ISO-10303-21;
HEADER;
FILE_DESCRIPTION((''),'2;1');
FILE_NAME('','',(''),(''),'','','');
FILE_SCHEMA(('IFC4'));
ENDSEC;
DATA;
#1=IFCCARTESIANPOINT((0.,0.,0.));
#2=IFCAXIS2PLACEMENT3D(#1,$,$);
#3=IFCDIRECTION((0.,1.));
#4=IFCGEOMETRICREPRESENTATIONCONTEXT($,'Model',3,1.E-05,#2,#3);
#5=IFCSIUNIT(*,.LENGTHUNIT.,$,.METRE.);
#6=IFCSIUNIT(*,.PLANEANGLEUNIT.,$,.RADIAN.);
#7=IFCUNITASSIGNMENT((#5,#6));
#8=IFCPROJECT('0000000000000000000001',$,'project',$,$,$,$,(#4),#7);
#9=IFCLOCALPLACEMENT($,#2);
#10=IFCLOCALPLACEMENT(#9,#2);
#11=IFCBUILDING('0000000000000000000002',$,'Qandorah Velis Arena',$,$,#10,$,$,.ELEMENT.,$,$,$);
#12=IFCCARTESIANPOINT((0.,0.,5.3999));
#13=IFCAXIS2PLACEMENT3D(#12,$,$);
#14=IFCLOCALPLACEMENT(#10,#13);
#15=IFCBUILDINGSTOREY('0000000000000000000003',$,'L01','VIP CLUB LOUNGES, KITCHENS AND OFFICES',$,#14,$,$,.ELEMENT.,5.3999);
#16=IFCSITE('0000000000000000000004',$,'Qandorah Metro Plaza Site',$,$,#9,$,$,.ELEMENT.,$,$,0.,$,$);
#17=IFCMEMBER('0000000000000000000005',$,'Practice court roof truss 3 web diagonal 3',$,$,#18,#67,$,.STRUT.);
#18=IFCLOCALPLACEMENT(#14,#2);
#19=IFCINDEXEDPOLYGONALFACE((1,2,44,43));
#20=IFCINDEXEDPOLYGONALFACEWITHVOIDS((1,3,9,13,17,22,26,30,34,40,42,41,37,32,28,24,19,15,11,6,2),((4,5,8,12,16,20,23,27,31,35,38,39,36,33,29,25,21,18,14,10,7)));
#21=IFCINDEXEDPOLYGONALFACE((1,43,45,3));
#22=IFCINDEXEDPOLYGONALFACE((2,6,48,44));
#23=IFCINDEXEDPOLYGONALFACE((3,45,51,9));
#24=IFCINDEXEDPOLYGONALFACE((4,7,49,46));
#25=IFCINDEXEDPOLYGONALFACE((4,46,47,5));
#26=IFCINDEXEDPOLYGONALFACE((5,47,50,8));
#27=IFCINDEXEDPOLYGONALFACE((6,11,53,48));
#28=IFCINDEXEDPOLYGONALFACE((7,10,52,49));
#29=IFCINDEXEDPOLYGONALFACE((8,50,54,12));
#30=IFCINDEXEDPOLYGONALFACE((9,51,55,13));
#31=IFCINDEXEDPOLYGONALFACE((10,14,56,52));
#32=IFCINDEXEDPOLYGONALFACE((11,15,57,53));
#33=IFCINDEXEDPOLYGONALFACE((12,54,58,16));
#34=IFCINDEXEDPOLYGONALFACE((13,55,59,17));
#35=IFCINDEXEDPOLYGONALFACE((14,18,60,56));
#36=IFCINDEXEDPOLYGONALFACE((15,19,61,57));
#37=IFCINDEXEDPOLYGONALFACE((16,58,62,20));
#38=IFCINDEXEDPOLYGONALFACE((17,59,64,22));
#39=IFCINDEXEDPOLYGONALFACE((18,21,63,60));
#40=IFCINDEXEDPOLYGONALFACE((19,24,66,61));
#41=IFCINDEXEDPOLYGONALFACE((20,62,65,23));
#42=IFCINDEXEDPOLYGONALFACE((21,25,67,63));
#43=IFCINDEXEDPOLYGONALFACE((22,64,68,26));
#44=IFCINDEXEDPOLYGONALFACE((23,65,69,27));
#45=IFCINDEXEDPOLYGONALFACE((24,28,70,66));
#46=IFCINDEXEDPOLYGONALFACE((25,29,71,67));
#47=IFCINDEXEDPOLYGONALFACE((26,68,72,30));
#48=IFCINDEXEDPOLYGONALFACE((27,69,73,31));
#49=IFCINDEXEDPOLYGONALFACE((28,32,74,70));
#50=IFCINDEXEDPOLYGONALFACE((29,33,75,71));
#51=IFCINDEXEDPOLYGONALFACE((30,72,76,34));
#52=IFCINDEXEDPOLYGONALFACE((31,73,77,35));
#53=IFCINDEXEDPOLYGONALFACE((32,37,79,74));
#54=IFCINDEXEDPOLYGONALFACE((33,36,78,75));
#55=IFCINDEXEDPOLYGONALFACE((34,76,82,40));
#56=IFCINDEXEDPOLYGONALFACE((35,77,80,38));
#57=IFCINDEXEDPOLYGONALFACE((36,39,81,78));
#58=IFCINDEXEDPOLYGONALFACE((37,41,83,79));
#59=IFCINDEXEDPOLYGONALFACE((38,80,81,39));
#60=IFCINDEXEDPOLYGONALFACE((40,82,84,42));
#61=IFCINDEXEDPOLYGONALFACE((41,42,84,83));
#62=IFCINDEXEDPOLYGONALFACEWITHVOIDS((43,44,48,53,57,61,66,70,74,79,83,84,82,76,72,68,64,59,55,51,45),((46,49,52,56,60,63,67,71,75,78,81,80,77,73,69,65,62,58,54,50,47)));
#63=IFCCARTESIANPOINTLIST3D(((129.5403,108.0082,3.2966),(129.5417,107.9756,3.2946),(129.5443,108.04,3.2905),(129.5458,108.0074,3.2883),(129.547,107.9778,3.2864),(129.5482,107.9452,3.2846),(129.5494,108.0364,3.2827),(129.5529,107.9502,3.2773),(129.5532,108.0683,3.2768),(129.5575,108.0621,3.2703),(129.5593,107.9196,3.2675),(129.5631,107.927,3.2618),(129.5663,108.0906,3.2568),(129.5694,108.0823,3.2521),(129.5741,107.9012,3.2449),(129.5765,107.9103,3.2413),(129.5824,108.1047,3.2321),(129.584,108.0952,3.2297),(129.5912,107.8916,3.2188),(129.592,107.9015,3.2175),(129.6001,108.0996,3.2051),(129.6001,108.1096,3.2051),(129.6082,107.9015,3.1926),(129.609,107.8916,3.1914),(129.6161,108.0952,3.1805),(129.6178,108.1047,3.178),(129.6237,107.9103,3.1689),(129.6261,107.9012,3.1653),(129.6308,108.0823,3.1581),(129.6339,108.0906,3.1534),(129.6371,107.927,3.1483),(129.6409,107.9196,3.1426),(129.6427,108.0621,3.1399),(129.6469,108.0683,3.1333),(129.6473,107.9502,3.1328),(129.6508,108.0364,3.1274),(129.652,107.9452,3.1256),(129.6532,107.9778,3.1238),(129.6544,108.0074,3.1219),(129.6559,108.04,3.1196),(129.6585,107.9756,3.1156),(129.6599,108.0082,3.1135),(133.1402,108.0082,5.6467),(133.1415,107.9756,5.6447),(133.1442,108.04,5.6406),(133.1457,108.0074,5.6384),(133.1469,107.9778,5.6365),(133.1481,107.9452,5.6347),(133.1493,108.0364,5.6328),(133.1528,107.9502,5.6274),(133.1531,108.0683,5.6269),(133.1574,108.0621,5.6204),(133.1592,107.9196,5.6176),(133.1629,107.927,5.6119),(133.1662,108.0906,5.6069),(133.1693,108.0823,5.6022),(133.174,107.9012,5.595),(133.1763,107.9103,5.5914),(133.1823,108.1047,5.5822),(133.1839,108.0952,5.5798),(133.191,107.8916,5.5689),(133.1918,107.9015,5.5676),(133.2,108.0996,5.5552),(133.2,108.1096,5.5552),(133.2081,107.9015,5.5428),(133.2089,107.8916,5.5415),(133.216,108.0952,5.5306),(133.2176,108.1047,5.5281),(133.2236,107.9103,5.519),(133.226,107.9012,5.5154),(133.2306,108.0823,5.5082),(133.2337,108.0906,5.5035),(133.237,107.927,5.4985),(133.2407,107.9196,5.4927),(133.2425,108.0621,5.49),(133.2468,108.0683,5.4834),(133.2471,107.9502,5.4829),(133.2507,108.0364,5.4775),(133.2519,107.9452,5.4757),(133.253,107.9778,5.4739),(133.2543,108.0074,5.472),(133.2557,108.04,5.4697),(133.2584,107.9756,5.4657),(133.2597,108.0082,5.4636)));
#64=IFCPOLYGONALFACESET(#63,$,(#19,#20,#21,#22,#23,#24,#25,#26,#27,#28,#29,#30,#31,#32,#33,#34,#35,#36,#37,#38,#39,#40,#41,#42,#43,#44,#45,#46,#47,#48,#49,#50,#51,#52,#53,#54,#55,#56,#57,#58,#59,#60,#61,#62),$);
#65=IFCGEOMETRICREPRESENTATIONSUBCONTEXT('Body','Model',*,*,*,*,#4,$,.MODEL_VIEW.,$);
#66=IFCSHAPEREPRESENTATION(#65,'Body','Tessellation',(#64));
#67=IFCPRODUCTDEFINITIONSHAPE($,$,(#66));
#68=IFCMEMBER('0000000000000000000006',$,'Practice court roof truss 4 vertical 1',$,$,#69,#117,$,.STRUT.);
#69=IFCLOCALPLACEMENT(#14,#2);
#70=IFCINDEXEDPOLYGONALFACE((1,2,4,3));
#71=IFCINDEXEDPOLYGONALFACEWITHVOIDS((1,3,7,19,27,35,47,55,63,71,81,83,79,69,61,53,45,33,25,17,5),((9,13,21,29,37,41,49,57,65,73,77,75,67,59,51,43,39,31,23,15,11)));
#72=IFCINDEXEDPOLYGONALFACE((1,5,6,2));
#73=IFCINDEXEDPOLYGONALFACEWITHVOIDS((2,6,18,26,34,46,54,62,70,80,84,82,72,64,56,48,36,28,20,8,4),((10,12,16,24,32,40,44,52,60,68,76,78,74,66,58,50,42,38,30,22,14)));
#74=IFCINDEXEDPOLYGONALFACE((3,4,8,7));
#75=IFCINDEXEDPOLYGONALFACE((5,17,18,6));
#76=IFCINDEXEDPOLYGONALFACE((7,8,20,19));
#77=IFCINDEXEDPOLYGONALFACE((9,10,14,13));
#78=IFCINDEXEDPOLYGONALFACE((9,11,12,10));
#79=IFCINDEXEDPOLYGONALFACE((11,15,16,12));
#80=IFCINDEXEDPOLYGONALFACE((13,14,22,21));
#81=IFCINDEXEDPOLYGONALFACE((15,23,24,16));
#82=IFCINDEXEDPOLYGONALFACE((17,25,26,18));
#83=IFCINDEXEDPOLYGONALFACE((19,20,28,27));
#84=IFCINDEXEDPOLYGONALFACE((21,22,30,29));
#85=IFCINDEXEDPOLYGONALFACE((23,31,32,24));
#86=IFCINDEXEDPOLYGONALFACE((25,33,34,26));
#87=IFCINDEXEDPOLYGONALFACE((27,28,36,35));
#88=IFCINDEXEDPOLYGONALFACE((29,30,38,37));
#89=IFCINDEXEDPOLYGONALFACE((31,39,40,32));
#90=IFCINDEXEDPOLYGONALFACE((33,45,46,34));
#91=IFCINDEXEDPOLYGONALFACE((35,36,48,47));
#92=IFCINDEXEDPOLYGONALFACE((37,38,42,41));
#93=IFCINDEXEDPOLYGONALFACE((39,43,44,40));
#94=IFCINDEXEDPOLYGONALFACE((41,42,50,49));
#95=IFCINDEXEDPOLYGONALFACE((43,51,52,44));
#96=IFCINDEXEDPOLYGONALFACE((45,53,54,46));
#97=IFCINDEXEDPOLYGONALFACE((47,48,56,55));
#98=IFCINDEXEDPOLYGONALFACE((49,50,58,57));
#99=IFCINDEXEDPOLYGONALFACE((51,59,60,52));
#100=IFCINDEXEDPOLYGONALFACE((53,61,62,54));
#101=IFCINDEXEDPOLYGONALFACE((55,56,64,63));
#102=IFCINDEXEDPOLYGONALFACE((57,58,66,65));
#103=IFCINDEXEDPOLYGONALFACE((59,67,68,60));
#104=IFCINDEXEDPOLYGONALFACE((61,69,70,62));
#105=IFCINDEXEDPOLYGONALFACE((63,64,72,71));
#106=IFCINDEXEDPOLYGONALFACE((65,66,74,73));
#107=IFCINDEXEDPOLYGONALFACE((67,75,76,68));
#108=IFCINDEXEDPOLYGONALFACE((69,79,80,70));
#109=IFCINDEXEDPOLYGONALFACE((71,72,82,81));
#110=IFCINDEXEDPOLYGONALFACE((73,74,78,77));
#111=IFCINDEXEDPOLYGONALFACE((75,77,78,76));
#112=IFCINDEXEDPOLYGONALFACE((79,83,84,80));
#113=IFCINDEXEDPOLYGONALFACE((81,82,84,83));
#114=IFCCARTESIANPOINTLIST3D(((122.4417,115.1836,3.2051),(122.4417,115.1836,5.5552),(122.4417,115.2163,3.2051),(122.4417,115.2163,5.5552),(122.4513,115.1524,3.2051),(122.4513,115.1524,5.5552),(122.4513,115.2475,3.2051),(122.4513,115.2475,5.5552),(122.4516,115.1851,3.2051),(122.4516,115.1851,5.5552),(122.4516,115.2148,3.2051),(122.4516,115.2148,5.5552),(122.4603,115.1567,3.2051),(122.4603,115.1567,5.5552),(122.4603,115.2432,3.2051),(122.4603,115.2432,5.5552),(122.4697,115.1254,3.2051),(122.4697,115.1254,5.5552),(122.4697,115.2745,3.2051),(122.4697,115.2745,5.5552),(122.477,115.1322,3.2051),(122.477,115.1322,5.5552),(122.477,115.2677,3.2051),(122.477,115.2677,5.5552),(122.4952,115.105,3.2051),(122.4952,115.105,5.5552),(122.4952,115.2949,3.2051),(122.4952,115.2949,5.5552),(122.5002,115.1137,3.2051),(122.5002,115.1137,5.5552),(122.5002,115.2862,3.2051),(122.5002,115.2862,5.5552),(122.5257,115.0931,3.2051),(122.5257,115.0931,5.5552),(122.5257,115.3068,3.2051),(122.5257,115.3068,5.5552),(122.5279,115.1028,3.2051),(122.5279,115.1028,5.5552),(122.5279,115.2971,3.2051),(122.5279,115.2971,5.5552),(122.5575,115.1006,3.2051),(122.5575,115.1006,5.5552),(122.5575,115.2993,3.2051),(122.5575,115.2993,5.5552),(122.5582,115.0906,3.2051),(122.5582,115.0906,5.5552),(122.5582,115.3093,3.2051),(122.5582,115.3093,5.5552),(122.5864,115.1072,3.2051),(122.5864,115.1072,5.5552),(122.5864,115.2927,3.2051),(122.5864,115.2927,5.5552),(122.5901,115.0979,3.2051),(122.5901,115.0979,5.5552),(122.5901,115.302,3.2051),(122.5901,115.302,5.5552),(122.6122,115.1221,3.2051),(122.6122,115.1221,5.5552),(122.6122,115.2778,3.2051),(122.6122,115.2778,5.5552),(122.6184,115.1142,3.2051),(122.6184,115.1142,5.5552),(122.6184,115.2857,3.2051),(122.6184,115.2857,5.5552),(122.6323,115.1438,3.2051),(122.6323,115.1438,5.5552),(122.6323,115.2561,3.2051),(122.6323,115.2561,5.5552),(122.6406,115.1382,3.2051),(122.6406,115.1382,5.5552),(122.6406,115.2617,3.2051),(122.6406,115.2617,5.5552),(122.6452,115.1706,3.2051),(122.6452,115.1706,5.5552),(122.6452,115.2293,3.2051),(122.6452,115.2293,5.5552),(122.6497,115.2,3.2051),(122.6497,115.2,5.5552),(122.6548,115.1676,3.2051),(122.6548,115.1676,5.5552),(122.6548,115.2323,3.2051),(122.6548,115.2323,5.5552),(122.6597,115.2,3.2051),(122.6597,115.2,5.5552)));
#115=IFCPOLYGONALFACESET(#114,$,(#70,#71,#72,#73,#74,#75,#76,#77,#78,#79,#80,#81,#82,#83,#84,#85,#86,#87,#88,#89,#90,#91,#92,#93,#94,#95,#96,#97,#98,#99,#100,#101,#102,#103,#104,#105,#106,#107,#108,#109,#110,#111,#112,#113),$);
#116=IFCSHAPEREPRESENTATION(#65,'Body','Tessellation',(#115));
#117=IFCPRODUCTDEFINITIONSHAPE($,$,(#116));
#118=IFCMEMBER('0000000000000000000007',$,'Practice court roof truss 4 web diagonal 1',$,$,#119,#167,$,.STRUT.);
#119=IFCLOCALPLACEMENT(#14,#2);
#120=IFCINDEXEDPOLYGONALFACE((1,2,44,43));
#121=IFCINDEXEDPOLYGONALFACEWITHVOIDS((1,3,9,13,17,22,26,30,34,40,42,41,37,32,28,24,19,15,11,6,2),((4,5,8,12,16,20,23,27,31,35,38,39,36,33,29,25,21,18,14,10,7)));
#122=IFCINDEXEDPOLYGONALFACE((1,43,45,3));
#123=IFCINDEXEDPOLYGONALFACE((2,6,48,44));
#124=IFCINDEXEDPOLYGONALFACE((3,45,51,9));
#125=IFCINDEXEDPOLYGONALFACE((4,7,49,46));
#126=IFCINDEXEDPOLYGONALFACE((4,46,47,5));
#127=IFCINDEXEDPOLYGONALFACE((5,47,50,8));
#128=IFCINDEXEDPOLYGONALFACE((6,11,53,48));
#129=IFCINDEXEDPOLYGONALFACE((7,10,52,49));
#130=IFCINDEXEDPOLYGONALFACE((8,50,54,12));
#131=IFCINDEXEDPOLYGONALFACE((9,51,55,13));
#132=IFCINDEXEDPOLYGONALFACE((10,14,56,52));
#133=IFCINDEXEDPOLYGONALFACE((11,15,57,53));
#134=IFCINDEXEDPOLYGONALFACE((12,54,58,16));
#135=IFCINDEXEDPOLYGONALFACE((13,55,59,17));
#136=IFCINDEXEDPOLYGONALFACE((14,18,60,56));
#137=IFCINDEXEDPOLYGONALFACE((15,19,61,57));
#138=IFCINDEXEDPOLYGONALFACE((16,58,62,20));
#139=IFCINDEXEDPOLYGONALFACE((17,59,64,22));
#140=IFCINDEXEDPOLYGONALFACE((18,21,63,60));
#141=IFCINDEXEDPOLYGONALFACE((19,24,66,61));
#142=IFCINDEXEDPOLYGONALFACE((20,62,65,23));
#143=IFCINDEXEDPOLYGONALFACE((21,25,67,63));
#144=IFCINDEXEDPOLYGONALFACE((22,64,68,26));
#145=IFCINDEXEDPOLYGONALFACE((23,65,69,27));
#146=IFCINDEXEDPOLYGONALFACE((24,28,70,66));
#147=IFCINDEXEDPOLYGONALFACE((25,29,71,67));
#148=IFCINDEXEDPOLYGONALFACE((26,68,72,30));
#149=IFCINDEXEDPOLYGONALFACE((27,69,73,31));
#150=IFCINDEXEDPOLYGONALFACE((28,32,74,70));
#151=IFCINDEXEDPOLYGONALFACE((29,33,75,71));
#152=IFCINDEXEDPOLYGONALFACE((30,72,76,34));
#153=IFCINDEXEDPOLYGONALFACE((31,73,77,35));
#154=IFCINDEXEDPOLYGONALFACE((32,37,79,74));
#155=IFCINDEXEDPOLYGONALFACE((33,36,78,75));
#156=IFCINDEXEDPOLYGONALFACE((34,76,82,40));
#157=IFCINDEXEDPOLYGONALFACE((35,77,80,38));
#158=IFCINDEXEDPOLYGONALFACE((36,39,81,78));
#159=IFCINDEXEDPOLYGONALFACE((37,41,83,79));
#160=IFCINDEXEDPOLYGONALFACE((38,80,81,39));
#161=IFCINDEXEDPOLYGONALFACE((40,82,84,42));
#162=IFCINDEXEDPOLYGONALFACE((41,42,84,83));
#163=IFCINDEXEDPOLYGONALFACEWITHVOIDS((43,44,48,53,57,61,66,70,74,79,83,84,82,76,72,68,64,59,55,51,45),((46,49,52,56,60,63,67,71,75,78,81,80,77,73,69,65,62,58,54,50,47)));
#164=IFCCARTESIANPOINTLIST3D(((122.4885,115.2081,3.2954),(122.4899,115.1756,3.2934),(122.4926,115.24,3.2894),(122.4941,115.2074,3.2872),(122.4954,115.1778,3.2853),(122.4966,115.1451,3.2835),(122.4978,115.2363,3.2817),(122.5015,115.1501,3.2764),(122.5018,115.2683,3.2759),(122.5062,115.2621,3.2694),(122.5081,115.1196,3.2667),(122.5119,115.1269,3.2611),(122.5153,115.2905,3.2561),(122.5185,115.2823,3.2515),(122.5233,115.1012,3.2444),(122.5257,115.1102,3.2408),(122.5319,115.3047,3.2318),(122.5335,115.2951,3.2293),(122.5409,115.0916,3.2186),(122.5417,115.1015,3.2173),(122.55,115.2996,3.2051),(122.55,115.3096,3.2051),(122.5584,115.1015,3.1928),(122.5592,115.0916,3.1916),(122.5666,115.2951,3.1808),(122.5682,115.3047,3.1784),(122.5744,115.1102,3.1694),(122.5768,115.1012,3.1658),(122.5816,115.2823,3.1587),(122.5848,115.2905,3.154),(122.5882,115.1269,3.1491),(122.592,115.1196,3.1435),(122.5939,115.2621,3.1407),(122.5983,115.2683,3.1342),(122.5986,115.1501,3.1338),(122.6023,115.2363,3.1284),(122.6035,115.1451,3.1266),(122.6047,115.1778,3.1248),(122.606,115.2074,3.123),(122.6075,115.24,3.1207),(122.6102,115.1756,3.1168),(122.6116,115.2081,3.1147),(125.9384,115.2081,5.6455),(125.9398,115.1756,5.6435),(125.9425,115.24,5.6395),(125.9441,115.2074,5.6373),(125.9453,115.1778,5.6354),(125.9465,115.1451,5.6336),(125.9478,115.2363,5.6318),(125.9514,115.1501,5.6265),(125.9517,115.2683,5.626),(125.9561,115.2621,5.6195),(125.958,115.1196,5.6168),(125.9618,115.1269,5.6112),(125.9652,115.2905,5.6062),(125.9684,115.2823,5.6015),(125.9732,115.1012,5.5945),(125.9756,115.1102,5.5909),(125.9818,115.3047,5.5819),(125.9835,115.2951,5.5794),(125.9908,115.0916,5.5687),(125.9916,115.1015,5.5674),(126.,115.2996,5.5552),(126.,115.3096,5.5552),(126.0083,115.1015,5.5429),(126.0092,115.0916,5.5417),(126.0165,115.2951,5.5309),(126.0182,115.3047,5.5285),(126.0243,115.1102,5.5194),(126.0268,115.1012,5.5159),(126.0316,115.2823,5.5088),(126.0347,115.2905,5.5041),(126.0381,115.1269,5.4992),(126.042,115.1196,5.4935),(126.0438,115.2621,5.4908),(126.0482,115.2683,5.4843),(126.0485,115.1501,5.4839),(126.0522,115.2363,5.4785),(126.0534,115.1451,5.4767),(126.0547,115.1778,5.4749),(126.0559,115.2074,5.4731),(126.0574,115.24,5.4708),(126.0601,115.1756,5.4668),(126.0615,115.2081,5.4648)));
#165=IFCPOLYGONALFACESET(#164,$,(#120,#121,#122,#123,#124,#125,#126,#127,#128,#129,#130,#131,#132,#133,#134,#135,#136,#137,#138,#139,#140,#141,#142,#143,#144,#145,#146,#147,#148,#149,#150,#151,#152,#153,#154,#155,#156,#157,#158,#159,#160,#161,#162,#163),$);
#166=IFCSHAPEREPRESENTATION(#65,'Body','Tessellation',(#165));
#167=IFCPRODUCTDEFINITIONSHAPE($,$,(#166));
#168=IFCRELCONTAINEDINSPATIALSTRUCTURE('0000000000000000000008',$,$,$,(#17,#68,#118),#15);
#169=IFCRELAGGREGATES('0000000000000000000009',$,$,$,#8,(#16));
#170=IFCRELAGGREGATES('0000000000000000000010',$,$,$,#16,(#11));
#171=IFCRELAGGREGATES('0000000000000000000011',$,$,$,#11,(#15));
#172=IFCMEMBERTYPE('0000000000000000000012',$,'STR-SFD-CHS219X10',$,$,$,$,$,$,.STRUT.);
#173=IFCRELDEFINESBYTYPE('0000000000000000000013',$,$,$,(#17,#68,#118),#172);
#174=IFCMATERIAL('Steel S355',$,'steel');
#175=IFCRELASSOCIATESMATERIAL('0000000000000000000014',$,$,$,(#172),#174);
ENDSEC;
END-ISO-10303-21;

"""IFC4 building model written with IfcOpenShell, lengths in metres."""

from ifc_helpers import new_model, si_unit, direction, frame, origin, origin_2d, place, context, subcontext, project, spatial, hollow_circle, extrude, material, material_profile, profile_set, type_object, element, save


model = new_model("IFC4")

# Units and contexts
model_context = context("Model", 3, precision=1e-05, world=origin(), true_north=direction((0.0, 1.0)))
body_context = subcontext(model_context, "Body", "Model", "MODEL_VIEW")
ifc_project = project(units=[si_unit("LENGTHUNIT", "METRE"), si_unit("PLANEANGLEUNIT", "RADIAN")], contexts=[model_context])

# Site, building, storey
site_placement = place(None, origin())
site = spatial("IfcSite", under=ifc_project, at=site_placement, Name="Qandorah Metro Plaza Site", CompositionType="ELEMENT", RefElevation=0.0)
building_placement = place(site_placement, origin())
building = spatial("IfcBuilding", under=site, at=building_placement, Name="Qandorah Velis Arena", CompositionType="ELEMENT")
storey_placement = place(building_placement, frame((0.0, 0.0, 5.3999)))
storey = spatial("IfcBuildingStorey", under=building, at=storey_placement, Name="L01", Description="VIP CLUB LOUNGES, KITCHENS AND OFFICES", CompositionType="ELEMENT", Elevation=5.3999)

# Shared definitions
ifc_material_1 = material(Name="Steel S355", Category="steel")

# Members
ifc_material_profile_1 = material_profile(ifc_material_1, hollow_circle(Radius=0.1096, WallThickness=0.01, at=origin_2d()), Name="CHS 219.1x10")
ifc_profile_set_1 = profile_set([ifc_material_profile_1], Name="Steel S355")
member_type = type_object("IfcMemberType", Name="STR-SFD-CHS219X10", PredefinedType="STRUT", material=ifc_profile_set_1)
member_1_placement = place(storey_placement, frame((129.6001, 108.0, 3.2051), z_axis=(0.837359, 0.0, 0.546654), x_axis=(0.0, 1.0, 0.0)))
element("IfcMember", 1, at=member_1_placement, inside=storey, type_object=member_type, Name="Practice court roof truss 3 web diagonal 3", PredefinedType="STRUT", context=body_context, shape_type="SweptSolid", body=[
    extrude(hollow_circle(Radius=0.1096, WallThickness=0.01, at=origin_2d()), origin(), (0.0, 0.0, 1.0), 4.2991),
])
member_2_placement = place(storey_placement, frame((122.55, 115.2, 3.2051), z_axis=(0.0, 0.0, 1.0), x_axis=(1.0, 0.0, 0.0)))
element("IfcMember", 2, at=member_2_placement, inside=storey, type_object=member_type, Name="Practice court roof truss 4 vertical 1", PredefinedType="STRUT", context=body_context, shape_type="SweptSolid", body=[
    extrude(hollow_circle(Radius=0.1096, WallThickness=0.01, at=origin_2d()), origin(), (0.0, 0.0, 1.0), 2.3501),
])
member_3_placement = place(storey_placement, frame((122.55, 115.2, 3.2051), z_axis=(0.826466, 0.0, 0.562987), x_axis=(0.0, 1.0, 0.0)))
element("IfcMember", 3, at=member_3_placement, inside=storey, type_object=member_type, Name="Practice court roof truss 4 web diagonal 1", PredefinedType="STRUT", context=body_context, shape_type="SweptSolid", body=[
    extrude(hollow_circle(Radius=0.1096, WallThickness=0.01, at=origin_2d()), origin(), (0.0, 0.0, 1.0), 4.1743),
])

save(model, "model.ifc")
